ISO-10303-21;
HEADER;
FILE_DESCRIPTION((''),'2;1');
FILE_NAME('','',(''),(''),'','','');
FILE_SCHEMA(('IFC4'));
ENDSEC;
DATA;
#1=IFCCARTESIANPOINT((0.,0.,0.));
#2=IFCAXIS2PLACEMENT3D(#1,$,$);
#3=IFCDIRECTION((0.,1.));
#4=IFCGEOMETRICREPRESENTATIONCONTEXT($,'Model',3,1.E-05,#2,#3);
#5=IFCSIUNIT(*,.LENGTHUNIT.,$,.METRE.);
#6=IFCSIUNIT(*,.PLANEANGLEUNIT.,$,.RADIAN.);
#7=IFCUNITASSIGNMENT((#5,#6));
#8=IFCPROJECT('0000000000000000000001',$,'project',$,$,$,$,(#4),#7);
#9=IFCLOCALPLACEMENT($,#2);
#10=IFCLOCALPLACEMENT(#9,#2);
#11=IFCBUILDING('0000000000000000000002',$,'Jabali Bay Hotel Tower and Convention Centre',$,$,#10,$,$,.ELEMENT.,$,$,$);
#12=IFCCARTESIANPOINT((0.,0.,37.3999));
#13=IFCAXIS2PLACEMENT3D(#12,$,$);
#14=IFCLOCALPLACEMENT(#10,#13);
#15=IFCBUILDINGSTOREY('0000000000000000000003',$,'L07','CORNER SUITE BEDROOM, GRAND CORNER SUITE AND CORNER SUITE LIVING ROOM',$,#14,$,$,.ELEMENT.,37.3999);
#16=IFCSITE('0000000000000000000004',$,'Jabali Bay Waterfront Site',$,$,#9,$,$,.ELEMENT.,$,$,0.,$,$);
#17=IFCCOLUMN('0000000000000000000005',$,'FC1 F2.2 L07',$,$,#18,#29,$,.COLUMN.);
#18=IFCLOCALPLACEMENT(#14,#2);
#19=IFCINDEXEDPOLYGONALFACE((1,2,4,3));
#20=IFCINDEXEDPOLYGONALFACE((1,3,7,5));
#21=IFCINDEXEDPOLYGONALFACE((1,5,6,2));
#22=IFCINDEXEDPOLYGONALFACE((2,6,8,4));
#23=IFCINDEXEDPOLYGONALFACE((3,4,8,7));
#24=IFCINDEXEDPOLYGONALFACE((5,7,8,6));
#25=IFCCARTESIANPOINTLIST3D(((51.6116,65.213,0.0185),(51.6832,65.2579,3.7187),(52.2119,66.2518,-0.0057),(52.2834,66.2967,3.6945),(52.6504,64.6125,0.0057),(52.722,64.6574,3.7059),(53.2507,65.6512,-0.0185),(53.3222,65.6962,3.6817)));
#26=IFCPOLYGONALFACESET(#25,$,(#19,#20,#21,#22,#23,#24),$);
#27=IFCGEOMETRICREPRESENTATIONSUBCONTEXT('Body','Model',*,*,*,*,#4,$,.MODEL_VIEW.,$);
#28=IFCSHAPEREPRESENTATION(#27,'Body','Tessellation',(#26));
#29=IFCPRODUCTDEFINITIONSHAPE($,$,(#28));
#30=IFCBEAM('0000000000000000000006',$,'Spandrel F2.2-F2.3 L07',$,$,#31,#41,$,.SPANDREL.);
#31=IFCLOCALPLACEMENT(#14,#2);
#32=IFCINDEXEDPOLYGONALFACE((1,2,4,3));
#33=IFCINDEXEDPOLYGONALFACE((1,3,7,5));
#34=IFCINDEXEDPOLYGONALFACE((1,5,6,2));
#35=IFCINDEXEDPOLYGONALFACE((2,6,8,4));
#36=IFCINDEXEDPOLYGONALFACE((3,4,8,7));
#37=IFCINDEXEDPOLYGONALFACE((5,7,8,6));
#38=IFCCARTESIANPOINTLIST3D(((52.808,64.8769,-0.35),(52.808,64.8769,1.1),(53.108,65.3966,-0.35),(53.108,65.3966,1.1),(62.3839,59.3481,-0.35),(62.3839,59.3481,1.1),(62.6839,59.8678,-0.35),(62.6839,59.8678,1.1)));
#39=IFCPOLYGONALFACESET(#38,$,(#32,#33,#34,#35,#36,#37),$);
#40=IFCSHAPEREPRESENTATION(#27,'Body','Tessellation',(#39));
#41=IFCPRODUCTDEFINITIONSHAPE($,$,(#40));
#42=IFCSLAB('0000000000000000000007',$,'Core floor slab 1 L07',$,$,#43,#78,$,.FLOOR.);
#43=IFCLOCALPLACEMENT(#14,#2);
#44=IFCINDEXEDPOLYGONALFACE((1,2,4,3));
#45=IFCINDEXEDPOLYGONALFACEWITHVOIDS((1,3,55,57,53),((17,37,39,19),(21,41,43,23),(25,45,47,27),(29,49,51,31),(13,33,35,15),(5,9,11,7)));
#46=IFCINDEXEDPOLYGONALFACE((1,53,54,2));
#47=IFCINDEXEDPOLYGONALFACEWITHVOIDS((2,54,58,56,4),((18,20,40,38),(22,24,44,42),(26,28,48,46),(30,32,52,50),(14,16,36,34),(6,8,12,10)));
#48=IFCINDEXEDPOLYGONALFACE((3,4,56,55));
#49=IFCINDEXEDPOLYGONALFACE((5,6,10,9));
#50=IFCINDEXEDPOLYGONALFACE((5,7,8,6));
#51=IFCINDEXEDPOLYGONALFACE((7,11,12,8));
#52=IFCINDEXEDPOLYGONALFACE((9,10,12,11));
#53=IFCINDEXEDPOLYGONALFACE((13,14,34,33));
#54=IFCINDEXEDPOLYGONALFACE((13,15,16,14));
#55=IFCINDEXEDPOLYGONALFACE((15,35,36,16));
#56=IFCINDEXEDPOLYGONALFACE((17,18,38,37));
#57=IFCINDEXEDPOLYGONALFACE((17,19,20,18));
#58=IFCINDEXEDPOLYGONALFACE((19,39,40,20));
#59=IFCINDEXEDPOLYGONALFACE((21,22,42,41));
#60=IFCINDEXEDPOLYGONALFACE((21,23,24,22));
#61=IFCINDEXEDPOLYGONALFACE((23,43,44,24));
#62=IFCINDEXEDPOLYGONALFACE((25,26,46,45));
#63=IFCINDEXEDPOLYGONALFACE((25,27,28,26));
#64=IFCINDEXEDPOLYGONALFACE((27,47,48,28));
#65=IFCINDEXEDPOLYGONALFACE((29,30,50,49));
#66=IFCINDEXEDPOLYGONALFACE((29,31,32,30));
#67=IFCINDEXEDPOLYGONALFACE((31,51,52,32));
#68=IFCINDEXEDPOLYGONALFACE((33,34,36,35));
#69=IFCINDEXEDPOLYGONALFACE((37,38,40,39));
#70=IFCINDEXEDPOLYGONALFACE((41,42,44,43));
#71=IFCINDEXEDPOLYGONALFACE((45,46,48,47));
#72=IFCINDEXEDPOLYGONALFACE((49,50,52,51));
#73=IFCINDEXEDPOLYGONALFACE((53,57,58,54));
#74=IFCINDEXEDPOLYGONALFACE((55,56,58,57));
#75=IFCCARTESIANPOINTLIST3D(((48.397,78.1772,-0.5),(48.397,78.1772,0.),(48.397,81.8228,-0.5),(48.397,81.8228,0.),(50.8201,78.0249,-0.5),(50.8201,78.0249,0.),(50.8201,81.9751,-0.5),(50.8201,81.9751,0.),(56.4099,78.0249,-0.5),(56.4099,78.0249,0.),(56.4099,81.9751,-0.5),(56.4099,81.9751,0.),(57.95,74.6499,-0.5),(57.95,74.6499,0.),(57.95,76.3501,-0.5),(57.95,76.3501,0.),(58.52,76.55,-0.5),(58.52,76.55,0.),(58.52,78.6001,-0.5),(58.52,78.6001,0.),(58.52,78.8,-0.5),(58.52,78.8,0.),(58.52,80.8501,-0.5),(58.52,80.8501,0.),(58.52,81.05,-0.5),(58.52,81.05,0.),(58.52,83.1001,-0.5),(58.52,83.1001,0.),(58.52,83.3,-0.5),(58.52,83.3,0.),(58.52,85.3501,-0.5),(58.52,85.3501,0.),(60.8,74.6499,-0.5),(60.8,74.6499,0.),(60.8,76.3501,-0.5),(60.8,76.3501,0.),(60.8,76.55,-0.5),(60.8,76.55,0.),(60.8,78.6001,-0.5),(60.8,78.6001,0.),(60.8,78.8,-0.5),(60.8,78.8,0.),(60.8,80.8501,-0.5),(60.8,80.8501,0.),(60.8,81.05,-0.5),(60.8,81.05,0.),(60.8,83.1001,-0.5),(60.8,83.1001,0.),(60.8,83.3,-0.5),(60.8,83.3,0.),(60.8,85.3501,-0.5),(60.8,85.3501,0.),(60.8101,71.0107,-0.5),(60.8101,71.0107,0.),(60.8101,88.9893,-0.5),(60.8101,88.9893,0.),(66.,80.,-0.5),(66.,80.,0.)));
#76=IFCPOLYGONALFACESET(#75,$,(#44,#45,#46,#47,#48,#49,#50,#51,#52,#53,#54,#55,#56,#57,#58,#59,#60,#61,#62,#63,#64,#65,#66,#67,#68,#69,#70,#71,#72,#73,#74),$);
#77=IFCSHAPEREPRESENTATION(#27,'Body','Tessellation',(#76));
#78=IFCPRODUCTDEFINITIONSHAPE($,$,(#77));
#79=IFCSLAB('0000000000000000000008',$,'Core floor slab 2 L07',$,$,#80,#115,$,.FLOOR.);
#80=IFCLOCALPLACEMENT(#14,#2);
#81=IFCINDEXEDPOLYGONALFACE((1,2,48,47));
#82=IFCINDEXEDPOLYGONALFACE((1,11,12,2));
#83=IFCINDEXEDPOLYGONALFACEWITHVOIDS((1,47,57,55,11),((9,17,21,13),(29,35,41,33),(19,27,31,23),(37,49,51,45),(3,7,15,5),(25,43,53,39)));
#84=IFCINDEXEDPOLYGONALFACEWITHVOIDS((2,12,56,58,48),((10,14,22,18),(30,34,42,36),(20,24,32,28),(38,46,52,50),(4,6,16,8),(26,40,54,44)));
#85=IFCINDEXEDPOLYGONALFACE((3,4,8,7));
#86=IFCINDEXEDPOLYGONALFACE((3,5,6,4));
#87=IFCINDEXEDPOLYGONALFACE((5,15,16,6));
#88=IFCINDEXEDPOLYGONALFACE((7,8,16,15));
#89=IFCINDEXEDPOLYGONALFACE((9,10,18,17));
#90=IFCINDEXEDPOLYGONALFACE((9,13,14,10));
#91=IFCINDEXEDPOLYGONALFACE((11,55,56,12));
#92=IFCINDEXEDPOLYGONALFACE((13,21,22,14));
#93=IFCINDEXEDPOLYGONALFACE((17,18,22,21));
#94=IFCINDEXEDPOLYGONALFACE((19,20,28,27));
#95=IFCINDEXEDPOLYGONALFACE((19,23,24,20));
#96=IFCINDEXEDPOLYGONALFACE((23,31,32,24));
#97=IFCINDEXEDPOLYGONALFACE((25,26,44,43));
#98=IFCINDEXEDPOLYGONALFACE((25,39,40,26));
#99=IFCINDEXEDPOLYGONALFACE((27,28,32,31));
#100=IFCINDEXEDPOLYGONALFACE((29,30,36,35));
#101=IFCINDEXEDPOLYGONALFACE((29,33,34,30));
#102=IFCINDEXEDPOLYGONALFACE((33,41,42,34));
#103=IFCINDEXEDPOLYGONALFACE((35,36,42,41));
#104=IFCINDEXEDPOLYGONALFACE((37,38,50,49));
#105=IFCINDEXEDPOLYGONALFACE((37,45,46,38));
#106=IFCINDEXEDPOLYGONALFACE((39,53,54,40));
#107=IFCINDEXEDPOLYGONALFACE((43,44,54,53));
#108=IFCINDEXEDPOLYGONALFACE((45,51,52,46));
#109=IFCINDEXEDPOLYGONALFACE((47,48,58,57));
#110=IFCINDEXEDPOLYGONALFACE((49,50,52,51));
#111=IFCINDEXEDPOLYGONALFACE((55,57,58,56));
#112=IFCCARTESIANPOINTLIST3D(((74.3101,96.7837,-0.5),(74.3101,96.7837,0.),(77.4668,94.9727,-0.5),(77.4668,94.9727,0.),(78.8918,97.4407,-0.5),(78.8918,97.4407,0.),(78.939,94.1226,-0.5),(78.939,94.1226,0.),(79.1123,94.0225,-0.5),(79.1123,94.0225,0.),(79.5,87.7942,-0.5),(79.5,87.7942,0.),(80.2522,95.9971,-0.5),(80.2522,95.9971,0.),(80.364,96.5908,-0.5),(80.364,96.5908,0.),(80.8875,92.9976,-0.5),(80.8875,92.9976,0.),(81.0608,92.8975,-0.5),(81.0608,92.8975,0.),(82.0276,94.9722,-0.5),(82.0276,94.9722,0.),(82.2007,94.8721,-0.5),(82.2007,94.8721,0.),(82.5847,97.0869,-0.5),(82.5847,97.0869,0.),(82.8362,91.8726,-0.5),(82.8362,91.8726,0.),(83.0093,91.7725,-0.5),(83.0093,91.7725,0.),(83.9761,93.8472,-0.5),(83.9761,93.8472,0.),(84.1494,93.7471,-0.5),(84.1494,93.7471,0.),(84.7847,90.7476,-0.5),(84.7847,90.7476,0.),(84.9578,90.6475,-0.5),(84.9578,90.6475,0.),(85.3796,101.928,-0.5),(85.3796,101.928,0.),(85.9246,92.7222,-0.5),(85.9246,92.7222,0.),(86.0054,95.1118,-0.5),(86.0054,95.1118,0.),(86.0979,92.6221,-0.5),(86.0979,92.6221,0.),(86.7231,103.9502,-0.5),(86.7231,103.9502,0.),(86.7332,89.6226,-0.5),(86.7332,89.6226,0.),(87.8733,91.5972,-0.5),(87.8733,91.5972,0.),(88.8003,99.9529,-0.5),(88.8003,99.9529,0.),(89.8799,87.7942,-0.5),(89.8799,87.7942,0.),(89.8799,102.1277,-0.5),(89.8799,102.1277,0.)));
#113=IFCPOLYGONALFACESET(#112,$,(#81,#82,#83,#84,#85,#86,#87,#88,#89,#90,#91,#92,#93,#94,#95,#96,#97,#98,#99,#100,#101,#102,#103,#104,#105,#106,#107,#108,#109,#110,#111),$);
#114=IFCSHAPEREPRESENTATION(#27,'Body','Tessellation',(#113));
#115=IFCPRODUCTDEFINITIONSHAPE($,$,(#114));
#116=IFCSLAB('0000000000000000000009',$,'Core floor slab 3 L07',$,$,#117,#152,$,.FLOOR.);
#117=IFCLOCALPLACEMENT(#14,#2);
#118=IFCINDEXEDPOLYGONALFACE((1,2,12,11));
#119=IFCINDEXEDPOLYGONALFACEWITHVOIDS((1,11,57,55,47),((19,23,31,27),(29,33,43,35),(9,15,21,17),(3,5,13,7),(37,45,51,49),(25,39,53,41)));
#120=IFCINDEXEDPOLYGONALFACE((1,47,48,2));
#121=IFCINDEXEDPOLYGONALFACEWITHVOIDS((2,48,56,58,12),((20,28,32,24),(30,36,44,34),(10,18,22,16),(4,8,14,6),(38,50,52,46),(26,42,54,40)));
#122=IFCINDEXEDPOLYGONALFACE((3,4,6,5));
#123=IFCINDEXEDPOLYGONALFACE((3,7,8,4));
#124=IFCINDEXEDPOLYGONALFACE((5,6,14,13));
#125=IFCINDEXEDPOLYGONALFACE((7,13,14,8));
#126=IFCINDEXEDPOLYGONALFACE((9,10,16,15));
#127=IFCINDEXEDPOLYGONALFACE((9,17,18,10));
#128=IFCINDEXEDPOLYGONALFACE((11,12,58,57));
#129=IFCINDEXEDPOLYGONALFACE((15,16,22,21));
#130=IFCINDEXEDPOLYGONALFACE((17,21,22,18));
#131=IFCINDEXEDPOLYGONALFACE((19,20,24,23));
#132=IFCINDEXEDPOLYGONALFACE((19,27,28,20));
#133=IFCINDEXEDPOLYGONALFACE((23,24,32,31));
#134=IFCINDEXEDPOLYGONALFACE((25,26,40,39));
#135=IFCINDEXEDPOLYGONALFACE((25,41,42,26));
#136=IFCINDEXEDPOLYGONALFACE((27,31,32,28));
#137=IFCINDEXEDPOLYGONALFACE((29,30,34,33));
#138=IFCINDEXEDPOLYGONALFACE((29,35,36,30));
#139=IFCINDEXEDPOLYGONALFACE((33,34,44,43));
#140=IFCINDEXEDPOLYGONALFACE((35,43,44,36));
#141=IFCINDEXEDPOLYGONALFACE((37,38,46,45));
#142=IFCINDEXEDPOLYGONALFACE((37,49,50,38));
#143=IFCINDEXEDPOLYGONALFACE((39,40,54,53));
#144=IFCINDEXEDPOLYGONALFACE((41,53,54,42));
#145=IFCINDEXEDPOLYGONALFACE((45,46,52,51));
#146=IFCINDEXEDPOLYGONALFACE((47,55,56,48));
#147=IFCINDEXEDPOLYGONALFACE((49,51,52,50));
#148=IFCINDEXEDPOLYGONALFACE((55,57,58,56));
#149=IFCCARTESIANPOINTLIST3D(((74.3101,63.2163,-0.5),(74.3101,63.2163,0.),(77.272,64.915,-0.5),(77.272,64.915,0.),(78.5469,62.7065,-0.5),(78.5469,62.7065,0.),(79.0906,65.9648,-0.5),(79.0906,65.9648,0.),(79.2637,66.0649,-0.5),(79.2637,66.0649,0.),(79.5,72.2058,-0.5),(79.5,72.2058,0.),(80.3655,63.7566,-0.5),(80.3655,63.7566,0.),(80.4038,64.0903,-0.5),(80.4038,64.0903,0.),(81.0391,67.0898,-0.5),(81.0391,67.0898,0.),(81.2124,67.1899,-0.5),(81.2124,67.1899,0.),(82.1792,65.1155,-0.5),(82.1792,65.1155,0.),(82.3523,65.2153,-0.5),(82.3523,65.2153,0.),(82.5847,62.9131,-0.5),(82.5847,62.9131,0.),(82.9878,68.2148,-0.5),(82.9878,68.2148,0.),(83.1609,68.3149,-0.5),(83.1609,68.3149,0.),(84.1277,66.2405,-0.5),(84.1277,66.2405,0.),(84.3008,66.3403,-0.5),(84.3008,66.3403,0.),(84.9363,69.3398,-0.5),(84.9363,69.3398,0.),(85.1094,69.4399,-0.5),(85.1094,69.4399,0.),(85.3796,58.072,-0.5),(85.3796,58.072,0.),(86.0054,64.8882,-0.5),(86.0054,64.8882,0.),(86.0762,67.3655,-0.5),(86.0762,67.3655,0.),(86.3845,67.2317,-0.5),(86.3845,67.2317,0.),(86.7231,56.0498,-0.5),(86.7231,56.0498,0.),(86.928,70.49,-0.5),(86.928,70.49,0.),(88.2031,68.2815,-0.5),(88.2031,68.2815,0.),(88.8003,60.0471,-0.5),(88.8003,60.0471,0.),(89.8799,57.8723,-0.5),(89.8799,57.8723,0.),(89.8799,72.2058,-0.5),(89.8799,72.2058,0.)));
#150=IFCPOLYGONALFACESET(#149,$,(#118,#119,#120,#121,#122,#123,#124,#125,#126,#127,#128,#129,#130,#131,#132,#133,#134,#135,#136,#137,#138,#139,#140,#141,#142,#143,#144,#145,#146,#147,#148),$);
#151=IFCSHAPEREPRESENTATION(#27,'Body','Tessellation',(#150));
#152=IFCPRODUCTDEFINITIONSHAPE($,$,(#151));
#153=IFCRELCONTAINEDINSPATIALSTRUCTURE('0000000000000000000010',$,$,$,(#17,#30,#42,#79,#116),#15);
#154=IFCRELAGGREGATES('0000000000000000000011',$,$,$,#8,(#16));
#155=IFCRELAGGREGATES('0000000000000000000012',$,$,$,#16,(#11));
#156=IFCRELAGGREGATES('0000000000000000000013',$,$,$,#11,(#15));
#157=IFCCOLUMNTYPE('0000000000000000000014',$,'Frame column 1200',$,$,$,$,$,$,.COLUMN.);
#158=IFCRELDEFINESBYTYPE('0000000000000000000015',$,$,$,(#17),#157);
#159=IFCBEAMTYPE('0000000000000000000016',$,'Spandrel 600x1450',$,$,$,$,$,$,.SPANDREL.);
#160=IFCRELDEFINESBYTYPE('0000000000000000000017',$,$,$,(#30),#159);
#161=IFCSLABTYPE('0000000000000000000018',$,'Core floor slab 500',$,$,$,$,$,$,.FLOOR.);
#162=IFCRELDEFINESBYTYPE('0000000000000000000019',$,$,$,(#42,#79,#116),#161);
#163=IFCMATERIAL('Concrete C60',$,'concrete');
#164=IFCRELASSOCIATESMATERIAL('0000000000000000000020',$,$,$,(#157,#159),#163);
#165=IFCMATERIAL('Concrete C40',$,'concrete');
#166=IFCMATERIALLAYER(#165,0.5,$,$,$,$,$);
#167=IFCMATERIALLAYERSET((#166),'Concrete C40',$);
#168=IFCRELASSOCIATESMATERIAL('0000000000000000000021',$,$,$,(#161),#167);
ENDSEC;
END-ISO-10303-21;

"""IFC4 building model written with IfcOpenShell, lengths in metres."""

from ifc_helpers import new_model, si_unit, direction, frame, origin, origin_2d, place, context, subcontext, project, spatial, polyline, rectangle, outline, extrude, material, layer, layer_set, material_profile, profile_set, type_object, element, save


model = new_model("IFC4")

# Units and contexts
model_context = context("Model", 3, precision=1e-05, world=origin(), true_north=direction((0.0, 1.0)))
body_context = subcontext(model_context, "Body", "Model", "MODEL_VIEW")
ifc_project = project(units=[si_unit("LENGTHUNIT", "METRE"), si_unit("PLANEANGLEUNIT", "RADIAN")], contexts=[model_context])

# Site, building, storey
site_placement = place(None, origin())
site = spatial("IfcSite", under=ifc_project, at=site_placement, Name="Jabali Bay Waterfront Site", CompositionType="ELEMENT", RefElevation=0.0)
building_placement = place(site_placement, origin())
building = spatial("IfcBuilding", under=site, at=building_placement, Name="Jabali Bay Hotel Tower and Convention Centre", CompositionType="ELEMENT")
storey_placement = place(building_placement, frame((0.0, 0.0, 37.3999)))
storey = spatial("IfcBuildingStorey", under=building, at=storey_placement, Name="L07", Description="CORNER SUITE BEDROOM, GRAND CORNER SUITE AND CORNER SUITE LIVING ROOM", CompositionType="ELEMENT", Elevation=37.3999)

# Column
ifc_material_1 = material(Name="Concrete C60", Category="concrete")
ifc_material_profile_1 = material_profile(ifc_material_1, rectangle(XDim=1.2, YDim=1.2, at=origin_2d()), Name="Frame column 1200")
ifc_profile_set_1 = profile_set([ifc_material_profile_1], Name="Concrete C60")
column_type = type_object("IfcColumnType", Name="Frame column 1200", PredefinedType="COLUMN", material=ifc_profile_set_1)
column_placement = place(storey_placement, frame((52.4312, 65.4321, 0.0), z_axis=(0.019327, 0.012137, 0.99974), x_axis=(-0.865691, 0.500465, 0.01066)))
element("IfcColumn", 1, at=column_placement, inside=storey, type_object=column_type, Name="FC1 F2.2 L07", PredefinedType="COLUMN", context=body_context, shape_type="SweptSolid", body=[
    extrude(rectangle(XDim=1.2, YDim=1.2, at=origin_2d()), origin(), (0.0, 0.0, 1.0), 3.7012),
])

# Beam
ifc_material_profile_2 = material_profile(ifc_material_1, rectangle(XDim=0.6001, YDim=1.45, at=origin_2d()), Name="Spandrel 600x1450")
ifc_profile_set_2 = profile_set([ifc_material_profile_2], Name="Concrete C60")
beam_type = type_object("IfcBeamType", Name="Spandrel 600x1450", PredefinedType="SPANDREL", material=ifc_profile_set_2)
beam_placement = place(storey_placement, frame((52.958, 65.1367, 0.375), z_axis=(0.86602, -0.50001, 0.0), x_axis=(0.50001, 0.86602, 0.0)))
element("IfcBeam", 2, at=beam_placement, inside=storey, type_object=beam_type, Name="Spandrel F2.2-F2.3 L07", PredefinedType="SPANDREL", context=body_context, shape_type="SweptSolid", body=[
    extrude(rectangle(XDim=0.6001, YDim=1.45, at=origin_2d()), origin(), (0.0, 0.0, 1.0), 11.0574),
])

# Slabs
ifc_material_2 = material(Name="Concrete C40", Category="concrete")
ifc_layer_1 = layer(ifc_material_2, 0.5)
ifc_layer_set_1 = layer_set([ifc_layer_1], Name="Concrete C40")
slab_type_1 = type_object("IfcSlabType", Name="Core floor slab 500", PredefinedType="FLOOR", material=ifc_layer_set_1)
slab_1_placement = place(storey_placement, frame((0.0, 0.0, -0.5)))
element("IfcSlab", 3, at=slab_1_placement, inside=storey, type_object=slab_type_1, Name="Core floor slab 1 L07", PredefinedType="FLOOR", context=body_context, shape_type="SweptSolid", body=[
    extrude(outline(polyline([(66.0, 80.0), (60.8101, 88.9893), (48.397, 81.8228), (48.397, 78.1772), (60.8101, 71.0107), (66.0, 80.0)]), holes=[polyline([(60.8, 74.6499), (60.8, 76.3501), (57.95, 76.3501), (57.95, 74.6499), (60.8, 74.6499)]), polyline([(58.52, 76.55), (60.8, 76.55), (60.8, 78.6001), (58.52, 78.6001), (58.52, 76.55)]), polyline([(58.52, 78.8), (60.8, 78.8), (60.8, 80.8501), (58.52, 80.8501), (58.52, 78.8)]), polyline([(56.4099, 81.9751), (50.8201, 81.9751), (50.8201, 78.0249), (56.4099, 78.0249), (56.4099, 81.9751)]), polyline([(58.52, 81.05), (60.8, 81.05), (60.8, 83.1001), (58.52, 83.1001), (58.52, 81.05)]), polyline([(58.52, 83.3), (60.8, 83.3), (60.8, 85.3501), (58.52, 85.3501), (58.52, 83.3)])]), origin(), (0.0, 0.0, 1.0), 0.5),
])
slab_2_placement = place(storey_placement, frame((0.0, 0.0, -0.5)))
element("IfcSlab", 4, at=slab_2_placement, inside=storey, type_object=slab_type_1, Name="Core floor slab 2 L07", PredefinedType="FLOOR", context=body_context, shape_type="SweptSolid", body=[
    extrude(outline(polyline([(79.5, 87.7942), (89.8799, 87.7942), (89.8799, 102.1277), (86.7231, 103.9502), (74.3101, 96.7837), (79.5, 87.7942)]), holes=[polyline([(84.9578, 90.6475), (86.7332, 89.6226), (87.8733, 91.5972), (86.0979, 92.6221), (84.9578, 90.6475)]), polyline([(84.1494, 93.7471), (83.0093, 91.7725), (84.7847, 90.7476), (85.9246, 92.7222), (84.1494, 93.7471)]), polyline([(82.2007, 94.8721), (81.0608, 92.8975), (82.8362, 91.8726), (83.9761, 93.8472), (82.2007, 94.8721)]), polyline([(79.1123, 94.0225), (80.8875, 92.9976), (82.0276, 94.9722), (80.2522, 95.9971), (79.1123, 94.0225)]), polyline([(78.8918, 97.4407), (77.4668, 94.9727), (78.939, 94.1226), (80.364, 96.5908), (78.8918, 97.4407)]), polyline([(82.5847, 97.0869), (86.0054, 95.1118), (88.8003, 99.9529), (85.3796, 101.928), (82.5847, 97.0869)])]), origin(), (0.0, 0.0, 1.0), 0.5),
])
slab_3_placement = place(storey_placement, frame((0.0, 0.0, -0.5)))
element("IfcSlab", 5, at=slab_3_placement, inside=storey, type_object=slab_type_1, Name="Core floor slab 3 L07", PredefinedType="FLOOR", context=body_context, shape_type="SweptSolid", body=[
    extrude(outline(polyline([(79.5, 72.2058), (74.3101, 63.2163), (86.7231, 56.0498), (89.8799, 57.8723), (89.8799, 72.2058), (79.5, 72.2058)]), holes=[polyline([(82.5847, 62.9131), (85.3796, 58.072), (88.8003, 60.0471), (86.0054, 64.8882), (82.5847, 62.9131)]), polyline([(80.3655, 63.7566), (79.0906, 65.9648), (77.272, 64.915), (78.5469, 62.7065), (80.3655, 63.7566)]), polyline([(82.1792, 65.1155), (81.0391, 67.0898), (79.2637, 66.0649), (80.4038, 64.0903), (82.1792, 65.1155)]), polyline([(82.9878, 68.2148), (81.2124, 67.1899), (82.3523, 65.2153), (84.1277, 66.2405), (82.9878, 68.2148)]), polyline([(86.0762, 67.3655), (84.9363, 69.3398), (83.1609, 68.3149), (84.3008, 66.3403), (86.0762, 67.3655)]), polyline([(88.2031, 68.2815), (86.928, 70.49), (85.1094, 69.4399), (86.3845, 67.2317), (88.2031, 68.2815)])]), origin(), (0.0, 0.0, 1.0), 0.5),
])

save(model, "model.ifc")
